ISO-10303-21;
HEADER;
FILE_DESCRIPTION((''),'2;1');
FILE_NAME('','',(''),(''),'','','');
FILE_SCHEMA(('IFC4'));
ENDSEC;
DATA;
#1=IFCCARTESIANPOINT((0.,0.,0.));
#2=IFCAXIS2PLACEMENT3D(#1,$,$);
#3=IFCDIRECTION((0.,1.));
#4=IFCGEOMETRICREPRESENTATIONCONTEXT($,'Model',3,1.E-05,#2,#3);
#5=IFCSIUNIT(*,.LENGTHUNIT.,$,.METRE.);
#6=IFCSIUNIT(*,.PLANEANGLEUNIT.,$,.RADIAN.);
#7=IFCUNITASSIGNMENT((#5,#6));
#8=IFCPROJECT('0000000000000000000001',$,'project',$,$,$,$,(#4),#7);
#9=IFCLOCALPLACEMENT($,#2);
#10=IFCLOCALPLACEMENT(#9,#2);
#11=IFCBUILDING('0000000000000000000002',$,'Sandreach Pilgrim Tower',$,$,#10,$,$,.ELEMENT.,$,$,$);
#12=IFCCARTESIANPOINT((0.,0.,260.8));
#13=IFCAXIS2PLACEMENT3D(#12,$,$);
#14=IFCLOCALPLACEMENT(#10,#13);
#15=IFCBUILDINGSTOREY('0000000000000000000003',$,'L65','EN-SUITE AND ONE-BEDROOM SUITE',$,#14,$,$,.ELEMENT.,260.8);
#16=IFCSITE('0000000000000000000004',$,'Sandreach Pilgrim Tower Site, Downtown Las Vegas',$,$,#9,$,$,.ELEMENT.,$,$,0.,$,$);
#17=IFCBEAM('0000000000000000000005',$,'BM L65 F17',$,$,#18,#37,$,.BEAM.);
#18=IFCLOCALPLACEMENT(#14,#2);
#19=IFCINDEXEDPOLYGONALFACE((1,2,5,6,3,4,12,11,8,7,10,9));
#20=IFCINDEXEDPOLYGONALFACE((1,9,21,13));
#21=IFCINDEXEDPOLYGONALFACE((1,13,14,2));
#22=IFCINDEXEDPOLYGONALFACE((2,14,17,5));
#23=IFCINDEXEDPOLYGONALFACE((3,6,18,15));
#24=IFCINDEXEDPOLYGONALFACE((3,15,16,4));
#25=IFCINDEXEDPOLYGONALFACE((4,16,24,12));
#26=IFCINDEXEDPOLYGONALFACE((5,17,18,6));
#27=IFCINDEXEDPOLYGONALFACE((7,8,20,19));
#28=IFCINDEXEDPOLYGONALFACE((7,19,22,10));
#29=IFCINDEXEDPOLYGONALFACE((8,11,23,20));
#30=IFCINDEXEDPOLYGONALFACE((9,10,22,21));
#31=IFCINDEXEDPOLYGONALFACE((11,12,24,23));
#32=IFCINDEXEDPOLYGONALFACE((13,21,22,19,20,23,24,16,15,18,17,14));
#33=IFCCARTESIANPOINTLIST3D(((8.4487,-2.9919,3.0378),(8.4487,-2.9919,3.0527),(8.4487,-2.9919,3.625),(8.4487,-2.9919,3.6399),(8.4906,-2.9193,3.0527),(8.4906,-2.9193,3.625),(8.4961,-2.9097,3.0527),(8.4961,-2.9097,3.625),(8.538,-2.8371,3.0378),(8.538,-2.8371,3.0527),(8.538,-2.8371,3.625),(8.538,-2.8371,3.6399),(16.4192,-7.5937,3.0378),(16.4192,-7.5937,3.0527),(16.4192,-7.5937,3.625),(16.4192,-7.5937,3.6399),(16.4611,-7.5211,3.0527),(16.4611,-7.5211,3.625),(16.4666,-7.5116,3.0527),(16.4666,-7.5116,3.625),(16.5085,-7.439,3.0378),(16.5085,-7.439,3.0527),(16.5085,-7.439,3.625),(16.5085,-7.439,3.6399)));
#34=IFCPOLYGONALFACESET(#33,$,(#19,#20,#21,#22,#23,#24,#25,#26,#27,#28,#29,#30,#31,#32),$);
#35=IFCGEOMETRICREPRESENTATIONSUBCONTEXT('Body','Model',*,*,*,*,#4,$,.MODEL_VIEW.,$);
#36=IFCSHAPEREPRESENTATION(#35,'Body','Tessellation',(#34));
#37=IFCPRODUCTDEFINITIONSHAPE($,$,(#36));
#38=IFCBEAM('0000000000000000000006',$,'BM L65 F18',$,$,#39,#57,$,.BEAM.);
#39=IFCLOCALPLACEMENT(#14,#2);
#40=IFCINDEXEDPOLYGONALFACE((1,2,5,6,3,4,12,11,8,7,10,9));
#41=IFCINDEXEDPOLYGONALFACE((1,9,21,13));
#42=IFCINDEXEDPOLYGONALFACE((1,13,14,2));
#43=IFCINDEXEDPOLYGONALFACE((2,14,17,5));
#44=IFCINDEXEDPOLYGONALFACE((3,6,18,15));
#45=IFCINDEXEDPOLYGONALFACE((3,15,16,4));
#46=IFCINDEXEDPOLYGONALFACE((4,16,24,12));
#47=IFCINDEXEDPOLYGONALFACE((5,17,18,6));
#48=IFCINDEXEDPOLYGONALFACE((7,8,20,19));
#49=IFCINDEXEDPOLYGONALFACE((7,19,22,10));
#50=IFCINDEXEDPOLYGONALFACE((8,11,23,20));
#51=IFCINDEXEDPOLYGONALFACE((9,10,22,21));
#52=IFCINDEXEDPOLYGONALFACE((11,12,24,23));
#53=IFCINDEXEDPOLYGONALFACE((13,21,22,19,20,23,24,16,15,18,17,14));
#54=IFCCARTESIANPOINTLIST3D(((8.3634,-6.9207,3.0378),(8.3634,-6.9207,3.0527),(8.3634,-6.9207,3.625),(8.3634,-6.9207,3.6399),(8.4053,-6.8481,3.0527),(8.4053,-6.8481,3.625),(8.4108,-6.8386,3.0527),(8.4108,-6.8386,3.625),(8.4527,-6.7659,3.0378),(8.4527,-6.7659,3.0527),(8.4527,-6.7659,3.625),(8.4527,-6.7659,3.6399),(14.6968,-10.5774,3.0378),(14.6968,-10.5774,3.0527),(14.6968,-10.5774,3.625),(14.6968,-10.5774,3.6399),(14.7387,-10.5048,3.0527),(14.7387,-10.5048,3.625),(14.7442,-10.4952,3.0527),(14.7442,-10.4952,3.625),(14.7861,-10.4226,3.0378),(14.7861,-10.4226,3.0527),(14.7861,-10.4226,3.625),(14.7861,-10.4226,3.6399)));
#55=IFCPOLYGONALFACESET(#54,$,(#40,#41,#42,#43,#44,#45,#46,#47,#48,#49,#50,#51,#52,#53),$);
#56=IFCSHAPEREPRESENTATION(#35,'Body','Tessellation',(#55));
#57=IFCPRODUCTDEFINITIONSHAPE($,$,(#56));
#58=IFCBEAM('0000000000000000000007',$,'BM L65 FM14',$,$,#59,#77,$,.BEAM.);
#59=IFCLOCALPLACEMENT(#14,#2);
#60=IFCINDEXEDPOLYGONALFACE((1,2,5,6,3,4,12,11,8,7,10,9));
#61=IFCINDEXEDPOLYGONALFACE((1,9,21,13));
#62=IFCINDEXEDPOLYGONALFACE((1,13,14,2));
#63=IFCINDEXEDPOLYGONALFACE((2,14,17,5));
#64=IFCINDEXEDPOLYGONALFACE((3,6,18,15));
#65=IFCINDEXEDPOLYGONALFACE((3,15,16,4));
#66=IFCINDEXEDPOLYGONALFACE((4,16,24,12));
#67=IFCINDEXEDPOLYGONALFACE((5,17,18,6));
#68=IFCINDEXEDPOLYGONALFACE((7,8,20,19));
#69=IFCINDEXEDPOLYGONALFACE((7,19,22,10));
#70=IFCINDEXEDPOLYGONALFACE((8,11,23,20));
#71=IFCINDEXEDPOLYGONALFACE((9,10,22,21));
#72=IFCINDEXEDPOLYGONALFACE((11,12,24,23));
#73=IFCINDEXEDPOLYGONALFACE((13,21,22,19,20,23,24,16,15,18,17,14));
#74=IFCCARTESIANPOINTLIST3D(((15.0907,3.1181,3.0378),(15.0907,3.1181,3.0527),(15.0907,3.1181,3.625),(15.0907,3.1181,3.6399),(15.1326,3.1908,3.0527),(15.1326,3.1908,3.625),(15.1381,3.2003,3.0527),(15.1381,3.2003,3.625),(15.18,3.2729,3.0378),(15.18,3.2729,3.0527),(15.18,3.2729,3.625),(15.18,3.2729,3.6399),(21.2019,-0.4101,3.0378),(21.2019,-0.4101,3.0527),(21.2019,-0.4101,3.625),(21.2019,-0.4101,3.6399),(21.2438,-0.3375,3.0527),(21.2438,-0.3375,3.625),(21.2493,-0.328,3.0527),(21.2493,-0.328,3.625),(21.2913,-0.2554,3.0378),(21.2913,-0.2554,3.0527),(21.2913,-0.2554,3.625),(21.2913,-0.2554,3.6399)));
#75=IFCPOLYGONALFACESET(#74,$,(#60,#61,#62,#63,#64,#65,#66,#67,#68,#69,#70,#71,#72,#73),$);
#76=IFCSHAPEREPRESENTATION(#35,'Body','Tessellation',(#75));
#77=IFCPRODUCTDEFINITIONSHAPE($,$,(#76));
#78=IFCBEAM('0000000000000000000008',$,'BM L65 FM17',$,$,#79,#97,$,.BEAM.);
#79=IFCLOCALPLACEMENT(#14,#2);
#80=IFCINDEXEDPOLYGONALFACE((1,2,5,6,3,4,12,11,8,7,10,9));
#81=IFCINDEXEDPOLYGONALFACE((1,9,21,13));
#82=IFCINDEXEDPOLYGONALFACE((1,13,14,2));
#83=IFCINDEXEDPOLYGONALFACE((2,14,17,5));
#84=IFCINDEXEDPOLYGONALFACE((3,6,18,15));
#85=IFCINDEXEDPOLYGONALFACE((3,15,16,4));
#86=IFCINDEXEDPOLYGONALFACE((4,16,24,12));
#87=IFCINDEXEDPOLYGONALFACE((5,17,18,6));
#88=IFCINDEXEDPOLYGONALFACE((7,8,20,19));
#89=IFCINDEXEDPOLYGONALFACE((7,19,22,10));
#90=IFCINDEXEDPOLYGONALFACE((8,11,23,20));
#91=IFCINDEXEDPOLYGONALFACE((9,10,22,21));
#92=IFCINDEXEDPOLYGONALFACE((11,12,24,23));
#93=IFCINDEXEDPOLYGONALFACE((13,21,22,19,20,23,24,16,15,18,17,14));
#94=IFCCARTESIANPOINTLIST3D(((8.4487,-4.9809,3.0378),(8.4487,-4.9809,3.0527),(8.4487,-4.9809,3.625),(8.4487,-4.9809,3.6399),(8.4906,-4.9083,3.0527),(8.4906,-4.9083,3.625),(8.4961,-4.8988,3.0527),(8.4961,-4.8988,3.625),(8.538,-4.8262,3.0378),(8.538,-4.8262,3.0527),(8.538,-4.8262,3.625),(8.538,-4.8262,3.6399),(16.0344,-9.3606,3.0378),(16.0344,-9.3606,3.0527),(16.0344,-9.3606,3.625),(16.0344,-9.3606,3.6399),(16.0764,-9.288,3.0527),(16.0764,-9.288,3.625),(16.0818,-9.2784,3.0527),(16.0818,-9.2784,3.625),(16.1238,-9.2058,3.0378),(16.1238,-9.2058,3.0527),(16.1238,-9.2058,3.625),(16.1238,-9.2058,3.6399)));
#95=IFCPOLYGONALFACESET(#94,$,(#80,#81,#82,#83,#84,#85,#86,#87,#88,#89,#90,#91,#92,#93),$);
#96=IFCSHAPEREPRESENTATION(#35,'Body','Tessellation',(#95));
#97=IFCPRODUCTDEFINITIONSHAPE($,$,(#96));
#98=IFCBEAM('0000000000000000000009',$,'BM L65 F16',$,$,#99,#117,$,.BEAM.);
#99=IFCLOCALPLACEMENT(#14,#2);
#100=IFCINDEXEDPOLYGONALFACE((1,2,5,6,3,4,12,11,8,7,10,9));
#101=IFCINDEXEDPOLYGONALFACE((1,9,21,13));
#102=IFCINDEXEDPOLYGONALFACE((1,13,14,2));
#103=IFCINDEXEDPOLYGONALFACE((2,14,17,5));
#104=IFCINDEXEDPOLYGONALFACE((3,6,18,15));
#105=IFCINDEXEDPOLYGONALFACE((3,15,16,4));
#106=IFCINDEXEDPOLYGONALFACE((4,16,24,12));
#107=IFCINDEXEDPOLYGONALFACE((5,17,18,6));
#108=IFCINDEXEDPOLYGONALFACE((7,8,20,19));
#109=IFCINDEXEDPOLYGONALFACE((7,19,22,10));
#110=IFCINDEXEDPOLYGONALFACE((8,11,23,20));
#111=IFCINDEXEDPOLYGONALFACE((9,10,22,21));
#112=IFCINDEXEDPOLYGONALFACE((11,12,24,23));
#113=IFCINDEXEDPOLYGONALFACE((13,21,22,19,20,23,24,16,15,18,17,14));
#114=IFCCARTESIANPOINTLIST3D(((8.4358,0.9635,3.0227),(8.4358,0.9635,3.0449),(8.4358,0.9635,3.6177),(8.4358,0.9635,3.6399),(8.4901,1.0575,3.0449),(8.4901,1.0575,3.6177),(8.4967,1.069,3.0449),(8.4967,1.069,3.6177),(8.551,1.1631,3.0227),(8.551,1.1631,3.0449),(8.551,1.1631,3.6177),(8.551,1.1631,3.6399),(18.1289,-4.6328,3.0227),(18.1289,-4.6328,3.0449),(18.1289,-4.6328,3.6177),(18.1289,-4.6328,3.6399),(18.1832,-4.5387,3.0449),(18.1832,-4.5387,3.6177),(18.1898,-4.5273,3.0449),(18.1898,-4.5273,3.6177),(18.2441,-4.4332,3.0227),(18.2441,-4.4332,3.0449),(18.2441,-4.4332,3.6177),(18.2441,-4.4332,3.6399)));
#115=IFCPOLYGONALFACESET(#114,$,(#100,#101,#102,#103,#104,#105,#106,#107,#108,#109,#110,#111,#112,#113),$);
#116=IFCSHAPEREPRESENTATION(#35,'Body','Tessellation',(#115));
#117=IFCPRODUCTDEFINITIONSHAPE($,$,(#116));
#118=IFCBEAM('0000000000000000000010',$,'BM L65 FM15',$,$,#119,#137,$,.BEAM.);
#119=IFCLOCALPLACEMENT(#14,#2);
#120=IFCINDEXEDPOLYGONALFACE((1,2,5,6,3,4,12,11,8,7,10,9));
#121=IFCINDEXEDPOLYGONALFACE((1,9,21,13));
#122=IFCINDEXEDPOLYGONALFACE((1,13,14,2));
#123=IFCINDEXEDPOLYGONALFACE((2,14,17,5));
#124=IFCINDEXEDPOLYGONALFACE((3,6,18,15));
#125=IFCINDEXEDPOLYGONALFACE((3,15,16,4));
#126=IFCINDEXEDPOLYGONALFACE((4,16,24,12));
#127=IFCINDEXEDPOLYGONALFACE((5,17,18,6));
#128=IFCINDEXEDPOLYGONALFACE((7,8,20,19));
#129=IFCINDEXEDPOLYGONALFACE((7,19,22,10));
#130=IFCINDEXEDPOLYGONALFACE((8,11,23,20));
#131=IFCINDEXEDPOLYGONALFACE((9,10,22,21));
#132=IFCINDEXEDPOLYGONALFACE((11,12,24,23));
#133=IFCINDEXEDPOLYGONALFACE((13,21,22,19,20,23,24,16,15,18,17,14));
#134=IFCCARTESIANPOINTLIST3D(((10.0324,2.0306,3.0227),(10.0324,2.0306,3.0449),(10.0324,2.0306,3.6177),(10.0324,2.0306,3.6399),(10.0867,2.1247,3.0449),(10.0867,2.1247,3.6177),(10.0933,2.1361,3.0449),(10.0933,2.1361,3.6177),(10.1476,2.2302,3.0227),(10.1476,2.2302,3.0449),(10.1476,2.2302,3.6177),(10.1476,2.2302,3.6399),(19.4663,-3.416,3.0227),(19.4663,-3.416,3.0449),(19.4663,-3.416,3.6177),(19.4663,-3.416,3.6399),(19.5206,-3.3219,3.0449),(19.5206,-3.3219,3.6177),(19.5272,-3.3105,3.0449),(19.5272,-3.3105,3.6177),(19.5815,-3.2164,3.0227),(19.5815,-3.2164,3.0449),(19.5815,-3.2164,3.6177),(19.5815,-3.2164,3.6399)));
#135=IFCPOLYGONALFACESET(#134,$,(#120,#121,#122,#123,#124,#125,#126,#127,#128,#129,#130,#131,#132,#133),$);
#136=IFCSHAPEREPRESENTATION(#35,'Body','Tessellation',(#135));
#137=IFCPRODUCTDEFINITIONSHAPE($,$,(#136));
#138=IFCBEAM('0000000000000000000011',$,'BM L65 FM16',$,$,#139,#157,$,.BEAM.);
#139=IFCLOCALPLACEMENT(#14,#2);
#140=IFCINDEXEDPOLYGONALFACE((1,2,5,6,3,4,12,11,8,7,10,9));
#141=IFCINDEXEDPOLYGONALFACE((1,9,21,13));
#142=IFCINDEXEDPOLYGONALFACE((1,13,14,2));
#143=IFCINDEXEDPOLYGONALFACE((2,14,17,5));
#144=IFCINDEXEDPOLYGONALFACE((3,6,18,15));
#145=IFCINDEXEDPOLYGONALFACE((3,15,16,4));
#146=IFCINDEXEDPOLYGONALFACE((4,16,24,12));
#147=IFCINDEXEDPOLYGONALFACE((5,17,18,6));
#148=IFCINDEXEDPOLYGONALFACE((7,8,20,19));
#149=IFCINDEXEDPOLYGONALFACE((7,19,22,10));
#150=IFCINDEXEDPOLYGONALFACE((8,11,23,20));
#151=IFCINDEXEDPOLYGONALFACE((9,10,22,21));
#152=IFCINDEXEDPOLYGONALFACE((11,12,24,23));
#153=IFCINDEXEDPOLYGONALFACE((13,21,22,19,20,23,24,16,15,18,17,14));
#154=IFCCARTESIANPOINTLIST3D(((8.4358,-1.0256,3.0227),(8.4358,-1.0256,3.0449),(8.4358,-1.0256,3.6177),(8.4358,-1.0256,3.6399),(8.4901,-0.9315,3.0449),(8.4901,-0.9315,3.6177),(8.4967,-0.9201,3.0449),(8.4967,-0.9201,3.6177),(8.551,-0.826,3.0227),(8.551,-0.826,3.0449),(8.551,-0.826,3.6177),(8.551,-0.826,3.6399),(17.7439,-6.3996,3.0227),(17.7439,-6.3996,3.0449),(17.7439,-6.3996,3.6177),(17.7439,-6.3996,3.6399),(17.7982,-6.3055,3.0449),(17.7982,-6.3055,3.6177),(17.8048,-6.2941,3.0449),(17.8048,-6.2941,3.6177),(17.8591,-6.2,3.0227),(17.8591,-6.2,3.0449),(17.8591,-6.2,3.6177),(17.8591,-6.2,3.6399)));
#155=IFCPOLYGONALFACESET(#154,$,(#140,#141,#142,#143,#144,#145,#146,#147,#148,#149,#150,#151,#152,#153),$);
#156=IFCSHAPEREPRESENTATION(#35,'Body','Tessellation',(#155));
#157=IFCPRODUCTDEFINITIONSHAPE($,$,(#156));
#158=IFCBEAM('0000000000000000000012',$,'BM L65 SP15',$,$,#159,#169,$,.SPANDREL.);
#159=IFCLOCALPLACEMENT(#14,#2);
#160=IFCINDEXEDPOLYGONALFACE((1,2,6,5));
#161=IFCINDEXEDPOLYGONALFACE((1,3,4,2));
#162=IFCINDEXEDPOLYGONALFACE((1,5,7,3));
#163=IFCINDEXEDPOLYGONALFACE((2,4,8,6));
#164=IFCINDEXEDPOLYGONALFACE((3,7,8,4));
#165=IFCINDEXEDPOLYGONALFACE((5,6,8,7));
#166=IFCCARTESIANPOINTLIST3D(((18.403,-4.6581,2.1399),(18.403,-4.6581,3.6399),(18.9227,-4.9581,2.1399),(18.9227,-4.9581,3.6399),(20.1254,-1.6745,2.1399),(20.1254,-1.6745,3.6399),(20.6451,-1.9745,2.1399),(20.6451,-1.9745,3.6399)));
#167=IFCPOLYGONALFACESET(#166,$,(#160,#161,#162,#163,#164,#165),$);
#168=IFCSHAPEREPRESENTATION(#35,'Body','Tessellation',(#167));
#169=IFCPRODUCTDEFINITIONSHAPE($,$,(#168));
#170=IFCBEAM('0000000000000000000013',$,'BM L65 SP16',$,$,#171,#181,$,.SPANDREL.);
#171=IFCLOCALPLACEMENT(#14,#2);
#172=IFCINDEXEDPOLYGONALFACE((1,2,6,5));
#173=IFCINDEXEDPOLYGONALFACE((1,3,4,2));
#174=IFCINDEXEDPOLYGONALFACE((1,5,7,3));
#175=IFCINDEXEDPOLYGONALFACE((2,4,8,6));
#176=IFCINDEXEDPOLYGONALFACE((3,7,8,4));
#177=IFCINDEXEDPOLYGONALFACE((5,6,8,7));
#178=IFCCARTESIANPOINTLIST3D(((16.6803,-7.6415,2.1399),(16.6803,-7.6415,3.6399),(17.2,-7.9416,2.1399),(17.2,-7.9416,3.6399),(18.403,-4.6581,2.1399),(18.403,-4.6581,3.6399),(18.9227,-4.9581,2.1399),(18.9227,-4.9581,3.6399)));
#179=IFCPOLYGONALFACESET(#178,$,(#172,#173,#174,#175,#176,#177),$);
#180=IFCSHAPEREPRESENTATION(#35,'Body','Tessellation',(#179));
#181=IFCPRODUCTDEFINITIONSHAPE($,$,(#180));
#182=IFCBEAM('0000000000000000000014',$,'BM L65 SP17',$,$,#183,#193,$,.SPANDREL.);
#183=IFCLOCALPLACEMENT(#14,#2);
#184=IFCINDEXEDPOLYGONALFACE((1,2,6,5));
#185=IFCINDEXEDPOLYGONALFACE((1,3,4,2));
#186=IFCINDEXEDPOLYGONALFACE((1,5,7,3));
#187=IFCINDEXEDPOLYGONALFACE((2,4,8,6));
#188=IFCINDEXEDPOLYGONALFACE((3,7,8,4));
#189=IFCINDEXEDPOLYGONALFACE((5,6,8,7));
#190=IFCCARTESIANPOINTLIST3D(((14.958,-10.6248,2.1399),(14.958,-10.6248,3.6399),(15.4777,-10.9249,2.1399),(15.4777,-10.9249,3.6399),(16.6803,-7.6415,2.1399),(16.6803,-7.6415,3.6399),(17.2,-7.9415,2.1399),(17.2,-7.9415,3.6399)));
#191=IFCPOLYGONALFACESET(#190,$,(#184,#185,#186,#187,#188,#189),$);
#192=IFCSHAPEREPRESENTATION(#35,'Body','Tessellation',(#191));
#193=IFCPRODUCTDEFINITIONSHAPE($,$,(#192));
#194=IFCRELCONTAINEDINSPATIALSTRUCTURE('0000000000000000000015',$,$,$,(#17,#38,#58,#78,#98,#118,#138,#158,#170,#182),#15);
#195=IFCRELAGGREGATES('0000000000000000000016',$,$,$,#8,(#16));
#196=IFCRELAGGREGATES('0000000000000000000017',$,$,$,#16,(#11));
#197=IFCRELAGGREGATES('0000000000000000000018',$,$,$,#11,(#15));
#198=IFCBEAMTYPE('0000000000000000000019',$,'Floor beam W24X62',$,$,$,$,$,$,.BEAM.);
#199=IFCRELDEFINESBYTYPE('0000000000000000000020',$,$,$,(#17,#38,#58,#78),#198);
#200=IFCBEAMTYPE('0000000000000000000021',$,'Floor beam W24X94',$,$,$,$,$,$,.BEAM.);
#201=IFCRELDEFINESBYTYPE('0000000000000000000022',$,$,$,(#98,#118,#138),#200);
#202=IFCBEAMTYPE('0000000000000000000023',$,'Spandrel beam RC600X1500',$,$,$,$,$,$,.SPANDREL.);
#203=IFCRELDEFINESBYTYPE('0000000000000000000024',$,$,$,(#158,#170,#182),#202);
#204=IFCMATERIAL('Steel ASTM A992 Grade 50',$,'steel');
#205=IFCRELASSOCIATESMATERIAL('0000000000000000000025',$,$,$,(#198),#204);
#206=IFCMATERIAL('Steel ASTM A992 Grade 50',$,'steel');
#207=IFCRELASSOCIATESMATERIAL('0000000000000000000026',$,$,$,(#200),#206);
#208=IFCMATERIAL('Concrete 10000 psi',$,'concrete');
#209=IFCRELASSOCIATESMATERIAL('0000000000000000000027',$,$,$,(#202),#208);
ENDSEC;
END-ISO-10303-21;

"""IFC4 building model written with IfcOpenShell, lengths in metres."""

from ifc_helpers import new_model, si_unit, direction, frame, origin, origin_2d, place, context, subcontext, project, spatial, rectangle, i_section, extrude, material, material_profile, profile_set, type_object, element, save


model = new_model("IFC4")

# Units and contexts
model_context = context("Model", 3, precision=1e-05, world=origin(), true_north=direction((0.0, 1.0)))
body_context = subcontext(model_context, "Body", "Model", "MODEL_VIEW")
ifc_project = project(units=[si_unit("LENGTHUNIT", "METRE"), si_unit("PLANEANGLEUNIT", "RADIAN")], contexts=[model_context])

# Site, building, storey
site_placement = place(None, origin())
site = spatial("IfcSite", under=ifc_project, at=site_placement, Name="Sandreach Pilgrim Tower Site, Downtown Las Vegas", CompositionType="ELEMENT", RefElevation=0.0)
building_placement = place(site_placement, origin())
building = spatial("IfcBuilding", under=site, at=building_placement, Name="Sandreach Pilgrim Tower", CompositionType="ELEMENT")
storey_placement = place(building_placement, frame((0.0, 0.0, 260.8)))
storey = spatial("IfcBuildingStorey", under=building, at=storey_placement, Name="L65", Description="EN-SUITE AND ONE-BEDROOM SUITE", CompositionType="ELEMENT", Elevation=260.8)

# Beams
ifc_material_1 = material(Name="Steel ASTM A992 Grade 50", Category="steel")
ifc_material_profile_1 = material_profile(ifc_material_1, i_section(OverallWidth=0.1787, OverallDepth=0.6021, WebThickness=0.011, FlangeThickness=0.0149, at=origin_2d()), Name="W24X62")
ifc_profile_set_1 = profile_set([ifc_material_profile_1], Name="Steel ASTM A992 Grade 50")
beam_type_1 = type_object("IfcBeamType", Name="Floor beam W24X62", PredefinedType="BEAM", material=ifc_profile_set_1)
beam_1_placement = place(storey_placement, frame((16.4639, -7.5164, 3.3389), z_axis=(-0.866023, 0.500005, 0.0), x_axis=(-0.500005, -0.866023, 0.0)))
element("IfcBeam", 1, at=beam_1_placement, inside=storey, type_object=beam_type_1, Name="BM L65 F17", PredefinedType="BEAM", context=body_context, shape_type="SweptSolid", body=[
    extrude(i_section(OverallWidth=0.1787, OverallDepth=0.6021, WebThickness=0.011, FlangeThickness=0.0149, at=origin_2d()), origin(), (0.0, 0.0, 1.0), 9.2036),
])
beam_2_placement = place(storey_placement, frame((14.7415, -10.5, 3.3389), z_axis=(-0.86602, 0.500009, 0.0), x_axis=(-0.500009, -0.86602, 0.0)))
element("IfcBeam", 2, at=beam_2_placement, inside=storey, type_object=beam_type_1, Name="BM L65 F18", PredefinedType="BEAM", context=body_context, shape_type="SweptSolid", body=[
    extrude(i_section(OverallWidth=0.1787, OverallDepth=0.6021, WebThickness=0.011, FlangeThickness=0.0149, at=origin_2d()), origin(), (0.0, 0.0, 1.0), 7.3132),
])
beam_3_placement = place(storey_placement, frame((21.2466, -0.3328, 3.3389), z_axis=(-0.866029, 0.499994, 0.0), x_axis=(-0.499994, -0.866029, 0.0)))
element("IfcBeam", 3, at=beam_3_placement, inside=storey, type_object=beam_type_1, Name="BM L65 FM14", PredefinedType="BEAM", context=body_context, shape_type="SweptSolid", body=[
    extrude(i_section(OverallWidth=0.1787, OverallDepth=0.6021, WebThickness=0.011, FlangeThickness=0.0149, at=origin_2d()), origin(), (0.0, 0.0, 1.0), 7.0566),
])
beam_4_placement = place(storey_placement, frame((16.0791, -9.2832, 3.3389), z_axis=(-0.866024, 0.500003, 0.0), x_axis=(-0.500003, -0.866024, 0.0)))
element("IfcBeam", 4, at=beam_4_placement, inside=storey, type_object=beam_type_1, Name="BM L65 FM17", PredefinedType="BEAM", context=body_context, shape_type="SweptSolid", body=[
    extrude(i_section(OverallWidth=0.1787, OverallDepth=0.6021, WebThickness=0.011, FlangeThickness=0.0149, at=origin_2d()), origin(), (0.0, 0.0, 1.0), 8.7593),
])
ifc_material_2 = material(Name="Steel ASTM A992 Grade 50", Category="steel")
ifc_material_profile_2 = material_profile(ifc_material_2, i_section(OverallWidth=0.2305, OverallDepth=0.6172, WebThickness=0.0132, FlangeThickness=0.0222, at=origin_2d()), Name="W24X94")
ifc_profile_set_2 = profile_set([ifc_material_profile_2], Name="Steel ASTM A992 Grade 50")
beam_type_2 = type_object("IfcBeamType", Name="Floor beam W24X94", PredefinedType="BEAM", material=ifc_profile_set_2)
beam_5_placement = place(storey_placement, frame((18.1865, -4.533, 3.3313), z_axis=(-0.86603, 0.499991, 0.0), x_axis=(-0.499991, -0.86603, 0.0)))
element("IfcBeam", 5, at=beam_5_placement, inside=storey, type_object=beam_type_2, Name="BM L65 F16", PredefinedType="BEAM", context=body_context, shape_type="SweptSolid", body=[
    extrude(i_section(OverallWidth=0.2305, OverallDepth=0.6172, WebThickness=0.0132, FlangeThickness=0.0222, at=origin_2d()), origin(), (0.0, 0.0, 1.0), 11.1926),
])
beam_6_placement = place(storey_placement, frame((19.5239, -3.3162, 3.3313), z_axis=(-0.866029, 0.499993, 0.0), x_axis=(-0.499993, -0.866029, 0.0)))
element("IfcBeam", 6, at=beam_6_placement, inside=storey, type_object=beam_type_2, Name="BM L65 FM15", PredefinedType="BEAM", context=body_context, shape_type="SweptSolid", body=[
    extrude(i_section(OverallWidth=0.2305, OverallDepth=0.6172, WebThickness=0.0132, FlangeThickness=0.0222, at=origin_2d()), origin(), (0.0, 0.0, 1.0), 10.8933),
])
beam_7_placement = place(storey_placement, frame((17.8015, -6.2998, 3.3313), z_axis=(-0.866026, 0.499999, 0.0), x_axis=(-0.499999, -0.866026, 0.0)))
element("IfcBeam", 7, at=beam_7_placement, inside=storey, type_object=beam_type_2, Name="BM L65 FM16", PredefinedType="BEAM", context=body_context, shape_type="SweptSolid", body=[
    extrude(i_section(OverallWidth=0.2305, OverallDepth=0.6172, WebThickness=0.0132, FlangeThickness=0.0222, at=origin_2d()), origin(), (0.0, 0.0, 1.0), 10.748),
])
ifc_material_3 = material(Name="Concrete 10000 psi", Category="concrete")
ifc_material_profile_3 = material_profile(ifc_material_3, rectangle(XDim=0.6001, YDim=1.5, at=origin_2d()), Name="RC600X1500")
ifc_profile_set_3 = profile_set([ifc_material_profile_3], Name="Concrete 10000 psi")
beam_type_3 = type_object("IfcBeamType", Name="Spandrel beam RC600X1500", PredefinedType="SPANDREL", material=ifc_profile_set_3)
for number, where, z_axis, x_axis, name in (
    (8, (20.3853, -1.8245, 2.8899), (-0.499958, -0.86605, 0.0), (0.86605, -0.499958, 0.0), "BM L65 SP15"),
    (9, (18.6628, -4.8081, 2.8899), (-0.500041, -0.866001, 0.0), (0.866001, -0.500041, 0.0), "BM L65 SP16"),
):
    element("IfcBeam", number, at=place(storey_placement, frame(where, z_axis=z_axis, x_axis=x_axis)), inside=storey, type_object=beam_type_3, Name=name, PredefinedType="SPANDREL", context=body_context, shape_type="SweptSolid", body=[
        extrude(rectangle(XDim=0.6001, YDim=1.5, at=origin_2d()), origin(), (0.0, 0.0, 1.0), 3.4451),
    ])
beam_8_placement = place(storey_placement, frame((16.9402, -7.7915, 2.8899), z_axis=(-0.499988, -0.866032, 0.0), x_axis=(0.866032, -0.499988, 0.0)))
element("IfcBeam", 10, at=beam_8_placement, inside=storey, type_object=beam_type_3, Name="BM L65 SP17", PredefinedType="SPANDREL", context=body_context, shape_type="SweptSolid", body=[
    extrude(rectangle(XDim=0.6001, YDim=1.5, at=origin_2d()), origin(), (0.0, 0.0, 1.0), 3.4448),
])

save(model, "model.ifc")
